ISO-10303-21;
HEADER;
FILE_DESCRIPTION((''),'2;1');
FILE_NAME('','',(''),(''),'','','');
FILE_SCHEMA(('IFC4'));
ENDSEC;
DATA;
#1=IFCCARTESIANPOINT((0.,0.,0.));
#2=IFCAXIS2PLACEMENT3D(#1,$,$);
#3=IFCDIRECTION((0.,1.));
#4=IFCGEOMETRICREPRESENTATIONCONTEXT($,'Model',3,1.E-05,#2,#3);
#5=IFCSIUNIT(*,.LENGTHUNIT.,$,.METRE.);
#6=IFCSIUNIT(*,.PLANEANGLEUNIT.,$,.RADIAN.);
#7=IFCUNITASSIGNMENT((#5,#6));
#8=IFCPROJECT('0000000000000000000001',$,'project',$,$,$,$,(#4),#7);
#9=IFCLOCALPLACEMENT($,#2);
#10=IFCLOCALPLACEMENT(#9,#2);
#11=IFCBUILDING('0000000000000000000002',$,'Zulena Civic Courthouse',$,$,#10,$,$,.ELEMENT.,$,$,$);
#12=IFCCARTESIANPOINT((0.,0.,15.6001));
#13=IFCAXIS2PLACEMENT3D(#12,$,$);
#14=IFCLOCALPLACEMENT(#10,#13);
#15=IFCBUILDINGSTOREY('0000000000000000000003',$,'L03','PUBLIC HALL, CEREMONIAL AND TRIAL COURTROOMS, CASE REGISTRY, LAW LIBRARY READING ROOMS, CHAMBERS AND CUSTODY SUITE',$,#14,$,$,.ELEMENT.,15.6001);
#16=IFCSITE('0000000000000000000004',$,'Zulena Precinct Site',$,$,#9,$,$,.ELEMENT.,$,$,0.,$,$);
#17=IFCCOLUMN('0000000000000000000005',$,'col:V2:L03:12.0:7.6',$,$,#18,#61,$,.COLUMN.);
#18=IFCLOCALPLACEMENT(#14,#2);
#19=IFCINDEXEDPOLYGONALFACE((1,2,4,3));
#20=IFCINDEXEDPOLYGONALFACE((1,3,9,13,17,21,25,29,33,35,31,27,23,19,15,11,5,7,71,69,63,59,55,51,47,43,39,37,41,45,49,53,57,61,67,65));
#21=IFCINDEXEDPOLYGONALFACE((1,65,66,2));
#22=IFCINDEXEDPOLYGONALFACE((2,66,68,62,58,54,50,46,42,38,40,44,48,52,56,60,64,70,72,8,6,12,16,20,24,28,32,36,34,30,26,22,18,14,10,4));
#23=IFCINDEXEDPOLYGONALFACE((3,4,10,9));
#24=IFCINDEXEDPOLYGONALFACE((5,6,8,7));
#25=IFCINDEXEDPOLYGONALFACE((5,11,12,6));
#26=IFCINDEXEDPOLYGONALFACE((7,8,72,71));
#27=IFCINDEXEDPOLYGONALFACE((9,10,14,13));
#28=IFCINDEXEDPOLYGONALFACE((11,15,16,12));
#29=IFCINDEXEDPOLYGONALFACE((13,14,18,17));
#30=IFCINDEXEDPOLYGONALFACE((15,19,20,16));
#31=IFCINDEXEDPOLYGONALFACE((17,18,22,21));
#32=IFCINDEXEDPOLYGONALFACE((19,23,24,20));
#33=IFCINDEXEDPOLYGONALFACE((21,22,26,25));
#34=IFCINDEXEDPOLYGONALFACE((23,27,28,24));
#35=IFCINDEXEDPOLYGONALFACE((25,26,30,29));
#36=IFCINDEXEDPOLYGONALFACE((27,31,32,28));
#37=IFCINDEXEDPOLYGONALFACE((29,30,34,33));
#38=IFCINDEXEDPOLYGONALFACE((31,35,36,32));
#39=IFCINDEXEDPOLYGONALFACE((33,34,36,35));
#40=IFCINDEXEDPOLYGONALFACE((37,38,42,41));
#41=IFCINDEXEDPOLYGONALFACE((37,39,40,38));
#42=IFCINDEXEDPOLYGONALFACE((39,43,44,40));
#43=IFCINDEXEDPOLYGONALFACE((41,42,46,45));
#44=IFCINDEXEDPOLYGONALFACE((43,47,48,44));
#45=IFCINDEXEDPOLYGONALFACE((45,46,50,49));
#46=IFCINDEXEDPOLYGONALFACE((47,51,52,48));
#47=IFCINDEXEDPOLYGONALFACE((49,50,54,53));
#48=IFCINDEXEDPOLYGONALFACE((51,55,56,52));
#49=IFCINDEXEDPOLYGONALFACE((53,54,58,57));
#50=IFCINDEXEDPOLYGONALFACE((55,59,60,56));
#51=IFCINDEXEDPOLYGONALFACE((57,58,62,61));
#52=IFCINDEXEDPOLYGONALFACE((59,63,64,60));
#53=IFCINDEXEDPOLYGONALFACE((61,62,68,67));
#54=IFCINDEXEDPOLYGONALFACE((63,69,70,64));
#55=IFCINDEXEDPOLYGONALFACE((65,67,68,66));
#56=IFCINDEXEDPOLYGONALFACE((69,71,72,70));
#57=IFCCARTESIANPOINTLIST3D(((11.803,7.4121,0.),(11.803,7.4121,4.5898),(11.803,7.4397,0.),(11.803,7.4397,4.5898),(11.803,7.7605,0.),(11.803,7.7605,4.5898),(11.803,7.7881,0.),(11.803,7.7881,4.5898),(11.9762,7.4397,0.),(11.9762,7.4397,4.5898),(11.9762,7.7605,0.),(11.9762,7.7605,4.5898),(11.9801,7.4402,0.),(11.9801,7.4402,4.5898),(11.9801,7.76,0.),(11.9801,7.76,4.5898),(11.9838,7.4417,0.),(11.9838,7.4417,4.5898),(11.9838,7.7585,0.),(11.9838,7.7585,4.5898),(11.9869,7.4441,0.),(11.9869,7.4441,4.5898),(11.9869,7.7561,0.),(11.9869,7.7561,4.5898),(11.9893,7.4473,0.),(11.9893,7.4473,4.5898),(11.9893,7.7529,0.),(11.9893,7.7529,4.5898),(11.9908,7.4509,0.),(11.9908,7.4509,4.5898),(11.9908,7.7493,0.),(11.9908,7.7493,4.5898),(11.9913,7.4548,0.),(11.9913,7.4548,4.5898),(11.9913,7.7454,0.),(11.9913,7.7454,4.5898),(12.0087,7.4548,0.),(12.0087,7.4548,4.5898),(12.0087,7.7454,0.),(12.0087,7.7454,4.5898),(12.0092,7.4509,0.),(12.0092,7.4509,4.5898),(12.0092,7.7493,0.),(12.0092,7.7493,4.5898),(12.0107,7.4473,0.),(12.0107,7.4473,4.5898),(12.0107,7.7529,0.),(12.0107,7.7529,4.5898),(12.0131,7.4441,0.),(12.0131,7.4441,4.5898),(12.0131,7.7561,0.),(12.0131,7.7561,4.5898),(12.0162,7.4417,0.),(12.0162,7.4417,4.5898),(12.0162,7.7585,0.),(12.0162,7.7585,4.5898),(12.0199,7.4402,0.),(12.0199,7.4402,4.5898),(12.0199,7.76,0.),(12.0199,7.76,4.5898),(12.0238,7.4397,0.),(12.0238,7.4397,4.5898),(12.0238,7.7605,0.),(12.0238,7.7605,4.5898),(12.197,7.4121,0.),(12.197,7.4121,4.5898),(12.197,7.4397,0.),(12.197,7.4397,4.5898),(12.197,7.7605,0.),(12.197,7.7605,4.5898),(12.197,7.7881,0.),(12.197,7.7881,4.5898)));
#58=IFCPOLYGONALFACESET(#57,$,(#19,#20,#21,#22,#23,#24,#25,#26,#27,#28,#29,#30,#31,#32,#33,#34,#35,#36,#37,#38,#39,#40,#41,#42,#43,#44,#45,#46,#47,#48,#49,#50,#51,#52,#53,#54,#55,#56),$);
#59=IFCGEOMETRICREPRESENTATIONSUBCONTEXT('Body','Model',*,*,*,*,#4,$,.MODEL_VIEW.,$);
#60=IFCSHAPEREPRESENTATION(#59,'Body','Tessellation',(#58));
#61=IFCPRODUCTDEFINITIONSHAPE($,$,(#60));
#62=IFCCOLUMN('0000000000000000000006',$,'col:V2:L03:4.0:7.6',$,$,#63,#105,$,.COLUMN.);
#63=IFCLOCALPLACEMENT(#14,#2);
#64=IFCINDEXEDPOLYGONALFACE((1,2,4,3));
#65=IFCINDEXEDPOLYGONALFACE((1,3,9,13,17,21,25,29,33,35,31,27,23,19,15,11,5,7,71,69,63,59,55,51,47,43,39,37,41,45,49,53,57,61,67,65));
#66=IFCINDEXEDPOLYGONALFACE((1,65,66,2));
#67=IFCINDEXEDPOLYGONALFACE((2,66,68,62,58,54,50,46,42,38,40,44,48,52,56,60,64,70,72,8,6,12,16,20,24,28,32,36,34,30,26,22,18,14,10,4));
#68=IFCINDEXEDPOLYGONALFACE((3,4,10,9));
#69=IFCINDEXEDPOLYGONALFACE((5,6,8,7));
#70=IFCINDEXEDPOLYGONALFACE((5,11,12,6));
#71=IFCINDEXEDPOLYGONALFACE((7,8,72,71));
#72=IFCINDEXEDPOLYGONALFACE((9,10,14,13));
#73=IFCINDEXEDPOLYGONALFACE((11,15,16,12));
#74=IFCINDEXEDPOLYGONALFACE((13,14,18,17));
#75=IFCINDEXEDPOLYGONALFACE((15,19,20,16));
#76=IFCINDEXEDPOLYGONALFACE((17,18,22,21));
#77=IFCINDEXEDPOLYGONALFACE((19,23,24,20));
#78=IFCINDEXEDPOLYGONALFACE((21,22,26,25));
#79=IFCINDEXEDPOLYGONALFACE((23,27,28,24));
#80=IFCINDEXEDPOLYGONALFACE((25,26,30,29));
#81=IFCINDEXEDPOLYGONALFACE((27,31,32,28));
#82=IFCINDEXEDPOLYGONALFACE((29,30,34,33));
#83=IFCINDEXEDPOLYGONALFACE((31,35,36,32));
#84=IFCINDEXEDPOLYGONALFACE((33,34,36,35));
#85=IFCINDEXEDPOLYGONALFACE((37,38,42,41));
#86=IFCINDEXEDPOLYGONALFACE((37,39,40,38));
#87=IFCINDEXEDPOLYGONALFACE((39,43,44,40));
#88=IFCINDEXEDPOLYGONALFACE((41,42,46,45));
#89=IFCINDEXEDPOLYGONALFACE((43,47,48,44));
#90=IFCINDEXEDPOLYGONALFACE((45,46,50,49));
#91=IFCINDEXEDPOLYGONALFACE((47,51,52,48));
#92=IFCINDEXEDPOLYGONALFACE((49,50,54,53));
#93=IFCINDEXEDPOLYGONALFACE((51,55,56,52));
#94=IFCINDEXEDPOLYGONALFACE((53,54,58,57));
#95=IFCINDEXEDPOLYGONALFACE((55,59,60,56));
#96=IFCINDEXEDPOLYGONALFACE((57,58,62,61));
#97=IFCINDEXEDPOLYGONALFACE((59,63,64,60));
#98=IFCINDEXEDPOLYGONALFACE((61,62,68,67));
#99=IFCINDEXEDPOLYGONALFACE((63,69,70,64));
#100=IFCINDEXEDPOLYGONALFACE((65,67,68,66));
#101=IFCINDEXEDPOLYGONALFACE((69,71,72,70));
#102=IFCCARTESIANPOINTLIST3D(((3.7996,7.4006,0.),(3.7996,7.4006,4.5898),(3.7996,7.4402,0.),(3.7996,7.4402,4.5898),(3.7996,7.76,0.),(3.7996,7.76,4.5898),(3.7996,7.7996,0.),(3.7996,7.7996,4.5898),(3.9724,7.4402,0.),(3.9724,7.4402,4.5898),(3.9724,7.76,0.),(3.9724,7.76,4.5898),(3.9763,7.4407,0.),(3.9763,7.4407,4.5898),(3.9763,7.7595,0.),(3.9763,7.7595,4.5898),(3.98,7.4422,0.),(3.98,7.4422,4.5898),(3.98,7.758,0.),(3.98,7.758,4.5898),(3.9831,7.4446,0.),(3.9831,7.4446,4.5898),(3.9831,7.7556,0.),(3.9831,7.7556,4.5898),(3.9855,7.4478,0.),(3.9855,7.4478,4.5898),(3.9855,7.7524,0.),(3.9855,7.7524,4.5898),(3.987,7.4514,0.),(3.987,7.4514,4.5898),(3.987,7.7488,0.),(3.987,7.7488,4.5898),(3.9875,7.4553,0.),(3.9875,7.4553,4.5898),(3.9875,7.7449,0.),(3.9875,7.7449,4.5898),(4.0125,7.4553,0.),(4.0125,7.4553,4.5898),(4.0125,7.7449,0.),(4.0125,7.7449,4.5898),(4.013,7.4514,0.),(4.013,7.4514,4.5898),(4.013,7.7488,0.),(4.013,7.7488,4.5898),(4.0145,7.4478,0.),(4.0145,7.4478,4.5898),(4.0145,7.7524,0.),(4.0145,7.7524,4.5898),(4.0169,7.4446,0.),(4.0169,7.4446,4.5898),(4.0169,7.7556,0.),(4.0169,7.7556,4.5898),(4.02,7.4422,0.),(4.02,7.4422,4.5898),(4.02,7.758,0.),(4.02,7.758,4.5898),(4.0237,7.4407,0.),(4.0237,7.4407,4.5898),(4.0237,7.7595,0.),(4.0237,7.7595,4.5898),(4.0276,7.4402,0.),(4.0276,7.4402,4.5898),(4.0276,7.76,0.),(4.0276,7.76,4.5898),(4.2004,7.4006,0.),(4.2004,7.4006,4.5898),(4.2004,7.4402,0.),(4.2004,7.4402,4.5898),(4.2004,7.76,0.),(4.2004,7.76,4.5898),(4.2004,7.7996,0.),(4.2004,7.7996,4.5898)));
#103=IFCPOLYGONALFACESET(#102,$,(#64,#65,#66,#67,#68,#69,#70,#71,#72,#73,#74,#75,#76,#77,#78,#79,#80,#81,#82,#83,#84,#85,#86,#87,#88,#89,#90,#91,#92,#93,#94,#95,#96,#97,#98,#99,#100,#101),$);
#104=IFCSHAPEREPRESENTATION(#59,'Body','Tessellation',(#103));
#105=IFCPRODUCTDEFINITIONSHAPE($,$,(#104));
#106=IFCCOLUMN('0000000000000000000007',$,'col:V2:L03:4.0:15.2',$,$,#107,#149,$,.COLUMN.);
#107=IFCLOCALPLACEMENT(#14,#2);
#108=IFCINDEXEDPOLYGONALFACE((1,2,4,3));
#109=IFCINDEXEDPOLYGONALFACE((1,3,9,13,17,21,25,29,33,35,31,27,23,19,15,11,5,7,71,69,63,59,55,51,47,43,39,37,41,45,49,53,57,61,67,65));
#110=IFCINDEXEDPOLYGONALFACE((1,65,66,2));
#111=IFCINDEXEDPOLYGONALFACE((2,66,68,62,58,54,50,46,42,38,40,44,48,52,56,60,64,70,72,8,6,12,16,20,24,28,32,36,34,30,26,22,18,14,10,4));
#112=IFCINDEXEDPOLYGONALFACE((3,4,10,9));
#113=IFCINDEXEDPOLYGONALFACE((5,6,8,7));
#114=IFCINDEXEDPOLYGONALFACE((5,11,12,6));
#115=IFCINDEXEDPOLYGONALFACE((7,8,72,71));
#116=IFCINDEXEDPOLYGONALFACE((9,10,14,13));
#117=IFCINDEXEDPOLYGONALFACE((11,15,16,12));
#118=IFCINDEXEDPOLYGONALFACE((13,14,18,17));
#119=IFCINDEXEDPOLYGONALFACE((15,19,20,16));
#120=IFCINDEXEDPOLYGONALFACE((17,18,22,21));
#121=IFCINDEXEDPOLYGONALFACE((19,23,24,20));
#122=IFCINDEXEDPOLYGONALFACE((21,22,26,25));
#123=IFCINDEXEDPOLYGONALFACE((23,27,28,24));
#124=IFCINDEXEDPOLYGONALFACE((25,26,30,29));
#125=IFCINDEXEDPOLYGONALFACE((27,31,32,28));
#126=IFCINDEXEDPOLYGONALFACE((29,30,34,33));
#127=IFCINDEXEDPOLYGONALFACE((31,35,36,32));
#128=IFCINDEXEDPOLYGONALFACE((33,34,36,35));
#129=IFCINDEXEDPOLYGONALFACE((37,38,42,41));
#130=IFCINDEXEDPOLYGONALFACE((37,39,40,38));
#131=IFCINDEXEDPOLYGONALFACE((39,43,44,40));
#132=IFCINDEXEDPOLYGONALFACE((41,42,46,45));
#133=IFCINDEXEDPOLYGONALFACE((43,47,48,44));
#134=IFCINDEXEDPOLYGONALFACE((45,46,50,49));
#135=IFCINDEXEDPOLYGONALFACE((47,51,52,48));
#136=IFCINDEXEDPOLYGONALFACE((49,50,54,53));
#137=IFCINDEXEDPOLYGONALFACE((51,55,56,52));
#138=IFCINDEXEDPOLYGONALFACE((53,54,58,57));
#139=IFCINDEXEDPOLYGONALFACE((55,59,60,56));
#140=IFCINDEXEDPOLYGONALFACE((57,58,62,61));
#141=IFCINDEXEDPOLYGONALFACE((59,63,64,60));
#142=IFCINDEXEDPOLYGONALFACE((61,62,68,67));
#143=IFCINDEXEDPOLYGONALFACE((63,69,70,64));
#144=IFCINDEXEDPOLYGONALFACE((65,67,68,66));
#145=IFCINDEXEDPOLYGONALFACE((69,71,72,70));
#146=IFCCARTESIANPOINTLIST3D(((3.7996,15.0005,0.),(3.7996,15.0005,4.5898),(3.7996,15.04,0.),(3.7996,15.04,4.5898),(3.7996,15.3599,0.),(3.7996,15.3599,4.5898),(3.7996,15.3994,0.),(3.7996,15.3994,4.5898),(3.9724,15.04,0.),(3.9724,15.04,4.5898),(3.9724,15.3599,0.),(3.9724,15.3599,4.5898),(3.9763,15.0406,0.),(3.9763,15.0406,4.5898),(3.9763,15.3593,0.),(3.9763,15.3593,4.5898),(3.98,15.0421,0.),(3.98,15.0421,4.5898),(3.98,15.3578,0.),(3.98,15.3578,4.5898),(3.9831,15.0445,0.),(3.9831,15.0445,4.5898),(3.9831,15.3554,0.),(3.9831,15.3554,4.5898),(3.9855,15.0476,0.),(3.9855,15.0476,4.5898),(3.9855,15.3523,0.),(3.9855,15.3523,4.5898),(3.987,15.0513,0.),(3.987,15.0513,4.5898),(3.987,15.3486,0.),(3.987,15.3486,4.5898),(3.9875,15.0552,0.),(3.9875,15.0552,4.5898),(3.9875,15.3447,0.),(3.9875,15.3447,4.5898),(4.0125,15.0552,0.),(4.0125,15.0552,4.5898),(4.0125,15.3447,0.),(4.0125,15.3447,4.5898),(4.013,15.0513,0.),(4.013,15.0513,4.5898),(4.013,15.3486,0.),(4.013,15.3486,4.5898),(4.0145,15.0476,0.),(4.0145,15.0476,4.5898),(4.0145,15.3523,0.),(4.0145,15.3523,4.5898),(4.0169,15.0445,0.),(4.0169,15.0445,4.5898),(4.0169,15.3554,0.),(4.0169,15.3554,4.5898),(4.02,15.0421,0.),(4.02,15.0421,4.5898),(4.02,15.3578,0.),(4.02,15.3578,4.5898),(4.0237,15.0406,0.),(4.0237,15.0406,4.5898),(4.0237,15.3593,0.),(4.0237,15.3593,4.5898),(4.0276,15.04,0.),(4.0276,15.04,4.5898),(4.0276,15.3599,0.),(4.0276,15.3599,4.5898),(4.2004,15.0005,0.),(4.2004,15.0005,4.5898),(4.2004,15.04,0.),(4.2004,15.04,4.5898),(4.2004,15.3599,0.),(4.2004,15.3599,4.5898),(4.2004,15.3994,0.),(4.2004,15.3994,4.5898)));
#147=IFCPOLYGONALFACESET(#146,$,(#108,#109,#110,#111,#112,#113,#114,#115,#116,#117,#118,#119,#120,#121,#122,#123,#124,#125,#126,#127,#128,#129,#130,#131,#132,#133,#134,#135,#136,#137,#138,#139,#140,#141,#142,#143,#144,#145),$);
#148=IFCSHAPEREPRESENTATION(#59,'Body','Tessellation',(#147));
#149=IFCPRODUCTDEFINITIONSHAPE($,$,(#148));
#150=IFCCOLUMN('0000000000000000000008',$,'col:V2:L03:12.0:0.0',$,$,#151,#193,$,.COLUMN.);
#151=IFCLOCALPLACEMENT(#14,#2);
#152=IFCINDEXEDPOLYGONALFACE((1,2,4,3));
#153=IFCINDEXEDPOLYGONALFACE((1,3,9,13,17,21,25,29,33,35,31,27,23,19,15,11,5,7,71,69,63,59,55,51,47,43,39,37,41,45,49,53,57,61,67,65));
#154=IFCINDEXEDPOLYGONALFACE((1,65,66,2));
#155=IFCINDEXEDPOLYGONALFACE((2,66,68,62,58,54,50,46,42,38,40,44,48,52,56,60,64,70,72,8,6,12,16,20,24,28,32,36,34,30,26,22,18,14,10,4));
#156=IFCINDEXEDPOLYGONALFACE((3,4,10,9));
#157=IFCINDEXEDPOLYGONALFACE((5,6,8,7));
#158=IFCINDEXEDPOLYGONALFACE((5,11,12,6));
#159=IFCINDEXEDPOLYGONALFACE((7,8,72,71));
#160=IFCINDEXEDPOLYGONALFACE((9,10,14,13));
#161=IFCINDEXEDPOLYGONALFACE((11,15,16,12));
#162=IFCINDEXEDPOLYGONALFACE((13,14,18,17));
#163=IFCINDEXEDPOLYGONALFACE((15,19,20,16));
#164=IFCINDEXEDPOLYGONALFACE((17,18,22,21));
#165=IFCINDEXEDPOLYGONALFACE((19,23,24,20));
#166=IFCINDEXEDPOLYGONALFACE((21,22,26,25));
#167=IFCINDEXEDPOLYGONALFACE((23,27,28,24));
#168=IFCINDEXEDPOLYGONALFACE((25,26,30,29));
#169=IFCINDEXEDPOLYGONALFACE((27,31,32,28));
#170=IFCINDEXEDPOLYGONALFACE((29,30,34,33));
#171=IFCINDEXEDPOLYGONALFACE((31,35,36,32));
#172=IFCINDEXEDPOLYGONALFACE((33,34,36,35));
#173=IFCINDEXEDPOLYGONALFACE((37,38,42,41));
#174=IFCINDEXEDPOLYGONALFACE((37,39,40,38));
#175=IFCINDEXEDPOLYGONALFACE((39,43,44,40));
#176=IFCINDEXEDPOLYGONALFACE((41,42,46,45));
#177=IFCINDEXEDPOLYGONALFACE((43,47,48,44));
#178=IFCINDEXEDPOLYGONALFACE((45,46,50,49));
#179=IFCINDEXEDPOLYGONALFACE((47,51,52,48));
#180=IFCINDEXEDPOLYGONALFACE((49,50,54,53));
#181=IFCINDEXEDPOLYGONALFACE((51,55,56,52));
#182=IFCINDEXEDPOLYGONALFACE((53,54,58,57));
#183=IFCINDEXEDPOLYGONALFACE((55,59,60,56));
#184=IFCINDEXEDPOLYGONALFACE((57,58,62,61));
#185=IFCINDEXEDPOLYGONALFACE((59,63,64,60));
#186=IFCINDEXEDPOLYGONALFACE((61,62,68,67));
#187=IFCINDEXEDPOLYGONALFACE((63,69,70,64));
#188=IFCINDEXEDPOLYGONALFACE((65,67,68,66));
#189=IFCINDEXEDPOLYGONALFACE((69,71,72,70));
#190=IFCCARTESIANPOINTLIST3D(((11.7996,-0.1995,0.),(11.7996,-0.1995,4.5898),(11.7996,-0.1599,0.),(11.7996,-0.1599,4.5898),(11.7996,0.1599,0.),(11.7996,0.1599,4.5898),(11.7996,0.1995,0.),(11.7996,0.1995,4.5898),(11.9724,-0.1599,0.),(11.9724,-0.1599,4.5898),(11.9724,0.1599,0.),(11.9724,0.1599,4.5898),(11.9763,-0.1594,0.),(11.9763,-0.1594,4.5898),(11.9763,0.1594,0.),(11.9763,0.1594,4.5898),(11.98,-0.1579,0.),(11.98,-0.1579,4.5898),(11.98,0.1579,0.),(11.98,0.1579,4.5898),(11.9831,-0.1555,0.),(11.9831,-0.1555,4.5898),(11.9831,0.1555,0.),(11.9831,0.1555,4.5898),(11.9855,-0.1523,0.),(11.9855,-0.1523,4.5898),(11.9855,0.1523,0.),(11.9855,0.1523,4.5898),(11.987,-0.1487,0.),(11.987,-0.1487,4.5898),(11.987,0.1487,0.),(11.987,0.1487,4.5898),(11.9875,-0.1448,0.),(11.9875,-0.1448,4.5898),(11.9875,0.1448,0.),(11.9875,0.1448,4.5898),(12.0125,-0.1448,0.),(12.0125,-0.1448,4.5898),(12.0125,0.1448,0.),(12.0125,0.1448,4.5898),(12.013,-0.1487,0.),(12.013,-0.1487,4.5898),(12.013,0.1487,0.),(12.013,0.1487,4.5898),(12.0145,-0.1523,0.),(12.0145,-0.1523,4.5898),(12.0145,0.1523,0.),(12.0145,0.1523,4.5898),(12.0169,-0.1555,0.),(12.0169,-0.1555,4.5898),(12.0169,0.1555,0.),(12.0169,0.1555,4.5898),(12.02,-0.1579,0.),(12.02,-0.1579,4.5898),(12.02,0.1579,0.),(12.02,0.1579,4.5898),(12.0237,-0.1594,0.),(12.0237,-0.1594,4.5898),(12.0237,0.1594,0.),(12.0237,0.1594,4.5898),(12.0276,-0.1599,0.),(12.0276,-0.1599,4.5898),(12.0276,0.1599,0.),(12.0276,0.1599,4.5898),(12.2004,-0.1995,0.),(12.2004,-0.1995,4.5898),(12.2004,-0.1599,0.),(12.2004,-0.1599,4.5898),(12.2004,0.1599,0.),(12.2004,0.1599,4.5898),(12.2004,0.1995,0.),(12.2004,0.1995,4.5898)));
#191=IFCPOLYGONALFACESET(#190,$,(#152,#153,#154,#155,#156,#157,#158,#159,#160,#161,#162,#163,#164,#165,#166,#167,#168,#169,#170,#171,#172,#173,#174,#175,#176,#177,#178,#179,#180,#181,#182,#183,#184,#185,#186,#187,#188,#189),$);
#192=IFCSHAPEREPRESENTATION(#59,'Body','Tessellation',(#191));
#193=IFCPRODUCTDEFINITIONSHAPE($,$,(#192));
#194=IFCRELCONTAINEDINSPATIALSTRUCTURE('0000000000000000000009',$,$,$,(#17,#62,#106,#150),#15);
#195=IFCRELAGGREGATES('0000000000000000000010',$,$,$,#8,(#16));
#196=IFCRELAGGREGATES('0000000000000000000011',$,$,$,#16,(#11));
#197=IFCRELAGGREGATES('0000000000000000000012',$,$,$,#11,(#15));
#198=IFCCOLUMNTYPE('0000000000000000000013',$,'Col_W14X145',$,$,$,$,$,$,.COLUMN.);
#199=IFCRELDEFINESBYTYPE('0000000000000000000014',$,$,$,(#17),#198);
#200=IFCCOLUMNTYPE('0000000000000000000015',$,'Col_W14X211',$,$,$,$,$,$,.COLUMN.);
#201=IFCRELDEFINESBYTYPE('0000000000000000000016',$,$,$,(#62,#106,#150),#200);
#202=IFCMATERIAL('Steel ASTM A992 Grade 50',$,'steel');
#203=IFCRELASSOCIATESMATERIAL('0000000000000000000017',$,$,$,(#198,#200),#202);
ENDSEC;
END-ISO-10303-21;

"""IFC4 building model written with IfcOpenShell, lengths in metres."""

from ifc_helpers import new_model, si_unit, direction, frame, origin, origin_2d, place, context, subcontext, project, spatial, i_section, extrude, material, material_profile, profile_set, type_object, element, save


model = new_model("IFC4")

# Units and contexts
model_context = context("Model", 3, precision=1e-05, world=origin(), true_north=direction((0.0, 1.0)))
body_context = subcontext(model_context, "Body", "Model", "MODEL_VIEW")
ifc_project = project(units=[si_unit("LENGTHUNIT", "METRE"), si_unit("PLANEANGLEUNIT", "RADIAN")], contexts=[model_context])

# Site, building, storey
site_placement = place(None, origin())
site = spatial("IfcSite", under=ifc_project, at=site_placement, Name="Zulena Precinct Site", CompositionType="ELEMENT", RefElevation=0.0)
building_placement = place(site_placement, origin())
building = spatial("IfcBuilding", under=site, at=building_placement, Name="Zulena Civic Courthouse", CompositionType="ELEMENT")
storey_placement = place(building_placement, frame((0.0, 0.0, 15.6001)))
storey = spatial("IfcBuildingStorey", under=building, at=storey_placement, Name="L03", Description="PUBLIC HALL, CEREMONIAL AND TRIAL COURTROOMS, CASE REGISTRY, LAW LIBRARY READING ROOMS, CHAMBERS AND CUSTODY SUITE", CompositionType="ELEMENT", Elevation=15.6001)

# Columns
ifc_material_1 = material(Name="Steel ASTM A992 Grade 50", Category="steel")
ifc_material_profile_1 = material_profile(ifc_material_1, i_section(OverallWidth=0.394, OverallDepth=0.376, WebThickness=0.0173, FlangeThickness=0.0276, FilletRadius=0.0151, at=origin_2d()), Name="W14X145")
ifc_profile_set_1 = profile_set([ifc_material_profile_1], Name="Steel ASTM A992 Grade 50")
column_type_1 = type_object("IfcColumnType", Name="Col_W14X145", PredefinedType="COLUMN", material=ifc_profile_set_1)
column_placement = place(storey_placement, frame((12.0, 7.6001, 0.0), z_axis=(0.0, 0.0, 1.0), x_axis=(1.0, 0.0, 0.0)))
element("IfcColumn", 1, at=column_placement, inside=storey, type_object=column_type_1, Name="col:V2:L03:12.0:7.6", PredefinedType="COLUMN", context=body_context, shape_type="SweptSolid", body=[
    extrude(i_section(OverallWidth=0.394, OverallDepth=0.376, WebThickness=0.0173, FlangeThickness=0.0276, FilletRadius=0.0151, at=origin_2d()), origin(), (0.0, 0.0, 1.0), 4.5898),
])
ifc_material_profile_2 = material_profile(ifc_material_1, i_section(OverallWidth=0.4009, OverallDepth=0.3989, WebThickness=0.0249, FlangeThickness=0.0396, FilletRadius=0.0151, at=origin_2d()), Name="W14X211")
ifc_profile_set_2 = profile_set([ifc_material_profile_2], Name="Steel ASTM A992 Grade 50")
column_type_2 = type_object("IfcColumnType", Name="Col_W14X211", PredefinedType="COLUMN", material=ifc_profile_set_2)
for number, where, z_axis, x_axis, name in (
    (2, (4.0, 7.6001, 0.0), (0.0, 0.0, 1.0), (1.0, 0.0, 0.0), "col:V2:L03:4.0:7.6"),
    (3, (4.0, 15.2, 0.0), (0.0, 0.0, 1.0), (1.0, 0.0, 0.0), "col:V2:L03:4.0:15.2"),
    (4, (12.0, 0.0, 0.0), (0.0, 0.0, 1.0), (1.0, 0.0, 0.0), "col:V2:L03:12.0:0.0"),
):
    element("IfcColumn", number, at=place(storey_placement, frame(where, z_axis=z_axis, x_axis=x_axis)), inside=storey, type_object=column_type_2, Name=name, PredefinedType="COLUMN", context=body_context, shape_type="SweptSolid", body=[
        extrude(i_section(OverallWidth=0.4009, OverallDepth=0.3989, WebThickness=0.0249, FlangeThickness=0.0396, FilletRadius=0.0151, at=origin_2d()), origin(), (0.0, 0.0, 1.0), 4.5898),
    ])

save(model, "model.ifc")
